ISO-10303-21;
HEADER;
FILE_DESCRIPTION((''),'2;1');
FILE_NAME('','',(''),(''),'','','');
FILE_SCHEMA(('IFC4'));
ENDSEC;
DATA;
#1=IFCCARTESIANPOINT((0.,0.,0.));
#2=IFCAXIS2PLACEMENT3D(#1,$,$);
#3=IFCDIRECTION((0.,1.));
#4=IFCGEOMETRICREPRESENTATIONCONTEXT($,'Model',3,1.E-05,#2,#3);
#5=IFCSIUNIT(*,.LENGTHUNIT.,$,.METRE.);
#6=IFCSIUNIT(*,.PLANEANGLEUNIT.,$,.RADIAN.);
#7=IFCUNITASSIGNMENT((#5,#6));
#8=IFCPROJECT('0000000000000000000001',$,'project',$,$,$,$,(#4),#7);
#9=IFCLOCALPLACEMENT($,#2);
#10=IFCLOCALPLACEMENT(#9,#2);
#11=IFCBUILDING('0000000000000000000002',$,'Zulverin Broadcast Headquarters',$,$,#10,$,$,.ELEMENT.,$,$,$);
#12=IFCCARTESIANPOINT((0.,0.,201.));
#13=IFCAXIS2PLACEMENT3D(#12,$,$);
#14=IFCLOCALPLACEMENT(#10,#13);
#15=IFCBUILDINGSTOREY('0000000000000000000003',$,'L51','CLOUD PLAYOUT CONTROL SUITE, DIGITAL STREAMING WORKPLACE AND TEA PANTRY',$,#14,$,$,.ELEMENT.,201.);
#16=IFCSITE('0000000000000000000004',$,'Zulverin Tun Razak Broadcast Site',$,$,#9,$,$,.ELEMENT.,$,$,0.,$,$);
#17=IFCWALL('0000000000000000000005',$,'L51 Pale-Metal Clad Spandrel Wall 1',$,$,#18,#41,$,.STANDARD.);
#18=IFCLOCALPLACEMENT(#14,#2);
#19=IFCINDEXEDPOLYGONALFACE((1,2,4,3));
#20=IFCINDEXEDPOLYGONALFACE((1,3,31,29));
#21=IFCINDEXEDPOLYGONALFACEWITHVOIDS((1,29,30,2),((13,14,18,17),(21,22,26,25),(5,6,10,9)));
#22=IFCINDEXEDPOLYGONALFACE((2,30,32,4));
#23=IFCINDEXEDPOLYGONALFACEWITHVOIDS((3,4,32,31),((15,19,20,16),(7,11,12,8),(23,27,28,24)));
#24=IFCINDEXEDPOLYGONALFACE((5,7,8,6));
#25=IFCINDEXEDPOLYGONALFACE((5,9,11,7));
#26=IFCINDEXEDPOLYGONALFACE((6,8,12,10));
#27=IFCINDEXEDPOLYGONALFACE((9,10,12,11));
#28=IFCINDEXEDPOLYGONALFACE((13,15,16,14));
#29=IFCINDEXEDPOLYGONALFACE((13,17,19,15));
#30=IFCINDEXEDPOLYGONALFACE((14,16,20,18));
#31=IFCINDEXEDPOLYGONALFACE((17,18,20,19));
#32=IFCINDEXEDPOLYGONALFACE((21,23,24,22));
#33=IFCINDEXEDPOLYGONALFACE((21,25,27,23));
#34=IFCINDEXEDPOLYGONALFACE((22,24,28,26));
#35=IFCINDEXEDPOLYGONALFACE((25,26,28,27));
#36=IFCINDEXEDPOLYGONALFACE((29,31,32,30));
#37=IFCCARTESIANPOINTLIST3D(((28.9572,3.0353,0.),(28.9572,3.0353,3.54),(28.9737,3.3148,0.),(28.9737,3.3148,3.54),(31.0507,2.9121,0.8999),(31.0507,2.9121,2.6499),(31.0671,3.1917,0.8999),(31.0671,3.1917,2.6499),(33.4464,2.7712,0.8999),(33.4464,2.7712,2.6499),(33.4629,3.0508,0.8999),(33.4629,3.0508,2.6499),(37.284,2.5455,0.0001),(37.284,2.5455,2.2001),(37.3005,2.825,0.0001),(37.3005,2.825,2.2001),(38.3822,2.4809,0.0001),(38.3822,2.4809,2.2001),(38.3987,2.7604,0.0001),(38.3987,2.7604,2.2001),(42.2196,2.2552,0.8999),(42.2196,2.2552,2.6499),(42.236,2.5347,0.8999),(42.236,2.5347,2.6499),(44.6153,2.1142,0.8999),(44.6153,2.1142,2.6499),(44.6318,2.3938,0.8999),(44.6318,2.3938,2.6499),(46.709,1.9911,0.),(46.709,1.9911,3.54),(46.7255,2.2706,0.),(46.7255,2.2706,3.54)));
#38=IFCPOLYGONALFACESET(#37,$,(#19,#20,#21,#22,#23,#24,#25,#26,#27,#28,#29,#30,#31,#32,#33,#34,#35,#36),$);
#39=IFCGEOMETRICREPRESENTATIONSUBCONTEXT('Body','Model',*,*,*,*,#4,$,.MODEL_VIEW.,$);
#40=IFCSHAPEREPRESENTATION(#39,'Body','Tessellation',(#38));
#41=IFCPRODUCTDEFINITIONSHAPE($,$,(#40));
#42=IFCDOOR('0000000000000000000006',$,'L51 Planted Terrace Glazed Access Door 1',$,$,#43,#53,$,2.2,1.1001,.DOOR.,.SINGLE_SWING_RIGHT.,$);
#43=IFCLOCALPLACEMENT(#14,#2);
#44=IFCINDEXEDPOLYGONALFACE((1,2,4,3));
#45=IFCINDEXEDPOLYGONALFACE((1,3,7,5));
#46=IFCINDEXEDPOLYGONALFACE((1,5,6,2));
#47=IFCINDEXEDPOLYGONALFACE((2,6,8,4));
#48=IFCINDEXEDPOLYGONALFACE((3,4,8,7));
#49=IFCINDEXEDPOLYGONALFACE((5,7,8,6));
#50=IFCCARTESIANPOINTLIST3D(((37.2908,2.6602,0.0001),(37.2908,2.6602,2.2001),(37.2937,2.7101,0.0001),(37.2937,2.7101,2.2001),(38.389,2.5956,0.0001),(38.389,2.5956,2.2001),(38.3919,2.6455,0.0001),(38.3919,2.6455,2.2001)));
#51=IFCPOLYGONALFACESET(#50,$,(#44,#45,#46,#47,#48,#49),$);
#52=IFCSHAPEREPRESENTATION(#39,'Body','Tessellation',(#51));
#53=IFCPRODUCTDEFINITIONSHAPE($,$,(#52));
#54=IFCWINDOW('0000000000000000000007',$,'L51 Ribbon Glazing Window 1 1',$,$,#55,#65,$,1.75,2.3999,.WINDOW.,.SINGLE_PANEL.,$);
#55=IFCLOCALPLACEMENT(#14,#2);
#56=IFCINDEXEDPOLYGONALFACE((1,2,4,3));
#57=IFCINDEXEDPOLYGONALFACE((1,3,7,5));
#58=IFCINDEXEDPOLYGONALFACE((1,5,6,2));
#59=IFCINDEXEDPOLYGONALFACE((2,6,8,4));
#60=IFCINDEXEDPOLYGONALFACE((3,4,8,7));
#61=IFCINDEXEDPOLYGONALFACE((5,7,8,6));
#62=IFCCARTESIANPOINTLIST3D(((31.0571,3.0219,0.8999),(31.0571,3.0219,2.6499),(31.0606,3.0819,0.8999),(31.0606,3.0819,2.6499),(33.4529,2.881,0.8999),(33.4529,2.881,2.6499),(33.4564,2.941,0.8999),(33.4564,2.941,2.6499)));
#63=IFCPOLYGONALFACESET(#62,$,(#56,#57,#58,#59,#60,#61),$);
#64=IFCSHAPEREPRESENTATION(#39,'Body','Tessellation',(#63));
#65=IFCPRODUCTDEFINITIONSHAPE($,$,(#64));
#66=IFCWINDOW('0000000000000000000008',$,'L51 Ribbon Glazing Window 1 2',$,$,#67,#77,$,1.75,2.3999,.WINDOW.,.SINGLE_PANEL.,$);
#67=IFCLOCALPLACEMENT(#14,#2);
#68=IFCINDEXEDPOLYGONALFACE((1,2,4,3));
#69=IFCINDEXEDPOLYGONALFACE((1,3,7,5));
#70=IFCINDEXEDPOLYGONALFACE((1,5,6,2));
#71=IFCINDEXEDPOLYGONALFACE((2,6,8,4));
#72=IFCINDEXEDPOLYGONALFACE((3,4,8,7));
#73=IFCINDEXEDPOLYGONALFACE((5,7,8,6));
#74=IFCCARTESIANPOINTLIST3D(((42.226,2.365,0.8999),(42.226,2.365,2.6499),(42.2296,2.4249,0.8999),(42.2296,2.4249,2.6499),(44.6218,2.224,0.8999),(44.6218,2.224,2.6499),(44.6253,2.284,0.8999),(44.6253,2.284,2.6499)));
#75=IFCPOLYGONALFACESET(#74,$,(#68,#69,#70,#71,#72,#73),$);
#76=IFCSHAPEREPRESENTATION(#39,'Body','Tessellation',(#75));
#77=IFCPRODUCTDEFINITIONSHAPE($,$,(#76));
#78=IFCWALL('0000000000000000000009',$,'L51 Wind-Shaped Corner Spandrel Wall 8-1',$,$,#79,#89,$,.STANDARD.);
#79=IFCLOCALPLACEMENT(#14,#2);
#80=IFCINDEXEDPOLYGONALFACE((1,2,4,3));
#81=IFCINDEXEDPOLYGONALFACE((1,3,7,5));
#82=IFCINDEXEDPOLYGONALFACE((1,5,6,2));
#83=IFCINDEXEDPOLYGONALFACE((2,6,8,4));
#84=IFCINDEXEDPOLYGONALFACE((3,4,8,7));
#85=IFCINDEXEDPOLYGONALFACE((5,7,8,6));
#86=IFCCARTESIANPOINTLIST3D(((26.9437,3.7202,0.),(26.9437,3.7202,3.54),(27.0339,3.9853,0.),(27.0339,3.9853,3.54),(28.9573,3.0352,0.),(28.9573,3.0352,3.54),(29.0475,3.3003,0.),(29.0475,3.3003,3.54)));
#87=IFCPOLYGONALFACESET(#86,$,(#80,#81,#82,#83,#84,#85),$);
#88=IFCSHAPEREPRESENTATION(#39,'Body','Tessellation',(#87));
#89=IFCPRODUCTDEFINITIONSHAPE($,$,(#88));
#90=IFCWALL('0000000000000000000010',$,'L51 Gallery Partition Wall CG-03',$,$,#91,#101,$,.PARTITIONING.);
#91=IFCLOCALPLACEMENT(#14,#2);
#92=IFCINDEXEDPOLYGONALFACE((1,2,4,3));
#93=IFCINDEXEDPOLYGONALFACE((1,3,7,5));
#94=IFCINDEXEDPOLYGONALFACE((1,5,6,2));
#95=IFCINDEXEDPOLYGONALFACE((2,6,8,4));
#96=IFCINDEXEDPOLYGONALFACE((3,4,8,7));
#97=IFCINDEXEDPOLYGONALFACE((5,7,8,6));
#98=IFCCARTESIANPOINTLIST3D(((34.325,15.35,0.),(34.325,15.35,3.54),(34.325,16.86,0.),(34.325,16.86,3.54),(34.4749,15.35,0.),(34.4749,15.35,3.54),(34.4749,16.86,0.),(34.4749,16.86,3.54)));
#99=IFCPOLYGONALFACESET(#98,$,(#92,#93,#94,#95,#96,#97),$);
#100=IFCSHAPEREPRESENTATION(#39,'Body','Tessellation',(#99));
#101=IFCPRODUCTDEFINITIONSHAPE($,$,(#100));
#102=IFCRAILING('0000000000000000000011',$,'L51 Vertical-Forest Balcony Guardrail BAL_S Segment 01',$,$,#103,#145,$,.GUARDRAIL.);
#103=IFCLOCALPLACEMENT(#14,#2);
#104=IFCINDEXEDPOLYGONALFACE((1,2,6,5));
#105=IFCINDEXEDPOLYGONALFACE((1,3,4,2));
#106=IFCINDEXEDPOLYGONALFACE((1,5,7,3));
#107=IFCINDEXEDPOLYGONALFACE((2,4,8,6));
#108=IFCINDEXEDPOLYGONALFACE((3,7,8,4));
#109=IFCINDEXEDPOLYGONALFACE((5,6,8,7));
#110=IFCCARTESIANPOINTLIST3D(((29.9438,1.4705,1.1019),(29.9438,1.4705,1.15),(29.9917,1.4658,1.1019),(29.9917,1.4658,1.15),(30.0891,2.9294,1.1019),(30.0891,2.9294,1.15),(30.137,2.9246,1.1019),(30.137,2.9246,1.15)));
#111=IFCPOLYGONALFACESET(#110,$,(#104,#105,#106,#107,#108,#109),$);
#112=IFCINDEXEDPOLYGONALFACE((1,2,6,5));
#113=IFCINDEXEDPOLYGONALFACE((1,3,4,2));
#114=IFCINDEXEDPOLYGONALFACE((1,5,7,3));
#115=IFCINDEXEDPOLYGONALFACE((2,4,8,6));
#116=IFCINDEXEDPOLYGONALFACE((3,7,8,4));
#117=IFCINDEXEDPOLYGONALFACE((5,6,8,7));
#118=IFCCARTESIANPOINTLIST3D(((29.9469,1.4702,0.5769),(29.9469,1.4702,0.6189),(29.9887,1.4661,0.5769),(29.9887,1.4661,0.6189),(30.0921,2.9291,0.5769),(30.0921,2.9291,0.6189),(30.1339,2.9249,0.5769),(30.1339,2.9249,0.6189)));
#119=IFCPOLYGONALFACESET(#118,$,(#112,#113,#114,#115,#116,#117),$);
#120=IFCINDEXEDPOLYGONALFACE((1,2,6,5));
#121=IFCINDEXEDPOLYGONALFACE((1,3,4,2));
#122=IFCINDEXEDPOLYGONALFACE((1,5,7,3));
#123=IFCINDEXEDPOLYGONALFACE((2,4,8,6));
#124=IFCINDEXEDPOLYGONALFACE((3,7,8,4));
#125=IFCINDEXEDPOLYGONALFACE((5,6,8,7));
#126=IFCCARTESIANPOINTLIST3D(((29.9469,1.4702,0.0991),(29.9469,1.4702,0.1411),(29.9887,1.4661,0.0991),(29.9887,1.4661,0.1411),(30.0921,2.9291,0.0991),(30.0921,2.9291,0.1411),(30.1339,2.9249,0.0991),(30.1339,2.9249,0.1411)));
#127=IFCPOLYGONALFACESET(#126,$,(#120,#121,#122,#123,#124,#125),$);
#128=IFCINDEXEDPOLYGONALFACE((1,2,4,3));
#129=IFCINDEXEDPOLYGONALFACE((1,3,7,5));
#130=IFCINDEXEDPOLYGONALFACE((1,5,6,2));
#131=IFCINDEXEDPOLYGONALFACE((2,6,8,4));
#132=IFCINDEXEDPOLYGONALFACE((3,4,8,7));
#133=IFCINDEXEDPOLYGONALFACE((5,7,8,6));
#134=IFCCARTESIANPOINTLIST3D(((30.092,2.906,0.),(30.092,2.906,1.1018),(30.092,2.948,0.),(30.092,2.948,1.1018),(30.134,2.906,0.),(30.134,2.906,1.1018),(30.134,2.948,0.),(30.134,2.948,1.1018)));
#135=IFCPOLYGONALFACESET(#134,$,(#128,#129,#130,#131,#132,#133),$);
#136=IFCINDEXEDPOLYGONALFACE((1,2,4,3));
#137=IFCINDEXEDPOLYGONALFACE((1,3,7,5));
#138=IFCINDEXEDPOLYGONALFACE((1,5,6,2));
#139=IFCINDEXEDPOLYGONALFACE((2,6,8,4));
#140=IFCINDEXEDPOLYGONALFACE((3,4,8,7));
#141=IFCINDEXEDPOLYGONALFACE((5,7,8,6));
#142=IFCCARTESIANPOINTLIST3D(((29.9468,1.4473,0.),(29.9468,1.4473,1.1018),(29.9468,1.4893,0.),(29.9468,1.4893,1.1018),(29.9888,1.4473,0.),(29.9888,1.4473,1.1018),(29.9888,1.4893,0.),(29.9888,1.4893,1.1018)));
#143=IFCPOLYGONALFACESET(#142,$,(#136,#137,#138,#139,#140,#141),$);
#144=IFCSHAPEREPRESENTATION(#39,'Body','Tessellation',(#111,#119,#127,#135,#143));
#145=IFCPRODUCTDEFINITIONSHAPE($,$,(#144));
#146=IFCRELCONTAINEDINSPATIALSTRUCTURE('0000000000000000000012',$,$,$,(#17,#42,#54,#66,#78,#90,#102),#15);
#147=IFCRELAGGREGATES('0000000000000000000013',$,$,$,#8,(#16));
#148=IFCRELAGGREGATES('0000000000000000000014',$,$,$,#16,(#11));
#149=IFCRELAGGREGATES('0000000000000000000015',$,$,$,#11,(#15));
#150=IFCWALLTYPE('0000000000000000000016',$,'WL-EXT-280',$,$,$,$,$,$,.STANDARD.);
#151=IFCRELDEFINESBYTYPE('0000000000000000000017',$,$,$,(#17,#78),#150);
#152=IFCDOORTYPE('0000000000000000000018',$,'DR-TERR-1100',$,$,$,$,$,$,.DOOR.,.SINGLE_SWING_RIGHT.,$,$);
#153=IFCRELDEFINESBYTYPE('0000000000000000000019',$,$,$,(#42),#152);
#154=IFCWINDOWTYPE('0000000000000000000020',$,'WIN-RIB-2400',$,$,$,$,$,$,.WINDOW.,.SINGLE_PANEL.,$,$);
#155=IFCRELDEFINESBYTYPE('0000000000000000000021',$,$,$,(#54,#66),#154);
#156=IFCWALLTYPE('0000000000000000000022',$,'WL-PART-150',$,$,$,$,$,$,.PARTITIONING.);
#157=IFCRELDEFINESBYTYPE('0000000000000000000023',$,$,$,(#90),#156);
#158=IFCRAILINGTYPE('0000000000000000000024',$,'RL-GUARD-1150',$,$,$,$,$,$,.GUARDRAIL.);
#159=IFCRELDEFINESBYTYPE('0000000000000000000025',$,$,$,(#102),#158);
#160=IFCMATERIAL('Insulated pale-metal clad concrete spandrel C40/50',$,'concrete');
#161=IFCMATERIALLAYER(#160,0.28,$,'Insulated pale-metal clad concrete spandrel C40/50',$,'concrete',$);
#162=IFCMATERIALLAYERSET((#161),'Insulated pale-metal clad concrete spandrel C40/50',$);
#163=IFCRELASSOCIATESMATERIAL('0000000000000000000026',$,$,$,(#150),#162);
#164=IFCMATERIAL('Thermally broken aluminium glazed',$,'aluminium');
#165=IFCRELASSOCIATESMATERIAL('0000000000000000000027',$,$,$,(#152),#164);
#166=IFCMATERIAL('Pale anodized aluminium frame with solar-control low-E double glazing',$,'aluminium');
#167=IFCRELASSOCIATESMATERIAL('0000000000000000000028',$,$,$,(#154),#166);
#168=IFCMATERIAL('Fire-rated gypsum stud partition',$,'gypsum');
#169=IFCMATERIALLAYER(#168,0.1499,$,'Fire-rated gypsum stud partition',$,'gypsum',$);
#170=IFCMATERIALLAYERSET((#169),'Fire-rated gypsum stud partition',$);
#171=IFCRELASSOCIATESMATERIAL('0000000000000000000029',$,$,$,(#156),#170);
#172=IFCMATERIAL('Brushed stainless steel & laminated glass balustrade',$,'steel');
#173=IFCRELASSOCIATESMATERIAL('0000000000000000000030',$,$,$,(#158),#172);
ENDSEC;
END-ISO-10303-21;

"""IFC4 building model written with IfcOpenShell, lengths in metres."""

from ifc_helpers import new_model, si_unit, direction, frame, frame_2d, origin, origin_2d, place, context, subcontext, project, spatial, rectangle, extrude, material, layer, layer_set, type_object, element, fill, save


model = new_model("IFC4")

# Units and contexts
model_context = context("Model", 3, precision=1e-05, world=origin(), true_north=direction((0.0, 1.0)))
body_context = subcontext(model_context, "Body", "Model", "MODEL_VIEW")
ifc_project = project(units=[si_unit("LENGTHUNIT", "METRE"), si_unit("PLANEANGLEUNIT", "RADIAN")], contexts=[model_context])

# Site, building, storey
site_placement = place(None, origin())
site = spatial("IfcSite", under=ifc_project, at=site_placement, Name="Zulverin Tun Razak Broadcast Site", CompositionType="ELEMENT", RefElevation=0.0)
building_placement = place(site_placement, origin())
building = spatial("IfcBuilding", under=site, at=building_placement, Name="Zulverin Broadcast Headquarters", CompositionType="ELEMENT")
storey_placement = place(building_placement, frame((0.0, 0.0, 201.0)))
storey = spatial("IfcBuildingStorey", under=building, at=storey_placement, Name="L51", Description="CLOUD PLAYOUT CONTROL SUITE, DIGITAL STREAMING WORKPLACE AND TEA PANTRY", CompositionType="ELEMENT", Elevation=201.0)

# Wall, openings, door, windows
ifc_material_1 = material(Name="Insulated pale-metal clad concrete spandrel C40/50", Category="concrete")
ifc_layer_1 = layer(ifc_material_1, 0.28, Name="Insulated pale-metal clad concrete spandrel C40/50", Category="concrete")
ifc_layer_set_1 = layer_set([ifc_layer_1], Name="Insulated pale-metal clad concrete spandrel C40/50")
wall_type_1 = type_object("IfcWallType", Name="WL-EXT-280", PredefinedType="STANDARD", material=ifc_layer_set_1)
wall_1_placement = place(storey_placement, frame((28.9656, 3.175, 0.0), z_axis=(0.0, 0.0, 1.0), x_axis=(0.998274, -0.05872, 0.0)))
wall_1 = element("IfcWall", 1, at=wall_1_placement, inside=storey, type_object=wall_type_1, Name="L51 Pale-Metal Clad Spandrel Wall 1", PredefinedType="STANDARD", context=body_context, shape_type="SweptSolid", body=[
    extrude(rectangle(XDim=17.7825, YDim=0.28, at=frame_2d((8.8911, 0.0))), origin(), (0.0, 0.0, 1.0), 3.54),
])
opening_1_placement = place(wall_1_placement, frame((8.3411, 0.0, 0.0)))
opening_1 = element("IfcOpeningElement", 2, at=opening_1_placement, cuts=wall_1, PredefinedType="OPENING", context=body_context, shape_type="SweptSolid", body=[
    extrude(rectangle(XDim=1.1001, YDim=2.2, at=frame_2d((0.55, 1.1001))), frame((0.0, 0.1499, 0.0), z_axis=(0.0, -1.0, 0.0), x_axis=(1.0, 0.0, 0.0)), (0.0, 0.0, 1.0), 0.3),
])
opening_2_placement = place(wall_1_placement, frame((2.0969, 0.0, 0.8999)))
opening_2 = element("IfcOpeningElement", 3, at=opening_2_placement, cuts=wall_1, PredefinedType="OPENING", context=body_context, shape_type="SweptSolid", body=[
    extrude(rectangle(XDim=2.3999, YDim=1.75, at=frame_2d((1.2, 0.875))), frame((0.0, 0.1499, 0.0), z_axis=(0.0, -1.0, 0.0), x_axis=(1.0, 0.0, 0.0)), (0.0, 0.0, 1.0), 0.3),
])
opening_3_placement = place(wall_1_placement, frame((13.2852, 0.0, 0.8999)))
opening_3 = element("IfcOpeningElement", 4, at=opening_3_placement, cuts=wall_1, PredefinedType="OPENING", context=body_context, shape_type="SweptSolid", body=[
    extrude(rectangle(XDim=2.3999, YDim=1.75, at=frame_2d((1.2, 0.875))), frame((0.0, 0.1499, 0.0), z_axis=(0.0, -1.0, 0.0), x_axis=(1.0, 0.0, 0.0)), (0.0, 0.0, 1.0), 0.3),
])
ifc_material_2 = material(Name="Thermally broken aluminium glazed", Category="aluminium")
door_type = type_object("IfcDoorType", Name="DR-TERR-1100", OperationType="SINGLE_SWING_RIGHT", PredefinedType="DOOR", material=ifc_material_2)
door_placement = place(opening_1_placement, origin())
door = element("IfcDoor", 5, at=door_placement, inside=storey, type_object=door_type, Name="L51 Planted Terrace Glazed Access Door 1", OperationType="SINGLE_SWING_RIGHT", OverallHeight=2.2, OverallWidth=1.1001, PredefinedType="DOOR", context=body_context, shape_type="SweptSolid", body=[
    extrude(rectangle(XDim=1.1001, YDim=2.2, at=frame_2d((0.55, 1.1001))), frame((0.0, 0.0249, 0.0), z_axis=(0.0, -1.0, 0.0), x_axis=(1.0, 0.0, 0.0)), (0.0, 0.0, 1.0), 0.05),
])
fill(opening_1, door)
ifc_material_3 = material(Name="Pale anodized aluminium frame with solar-control low-E double glazing", Category="aluminium")
window_type = type_object("IfcWindowType", Name="WIN-RIB-2400", PartitioningType="SINGLE_PANEL", PredefinedType="WINDOW", material=ifc_material_3)
window_1_placement = place(opening_2_placement, origin())
window_1 = element("IfcWindow", 6, at=window_1_placement, inside=storey, type_object=window_type, Name="L51 Ribbon Glazing Window 1 1", OverallHeight=1.75, OverallWidth=2.3999, PartitioningType="SINGLE_PANEL", PredefinedType="WINDOW", context=body_context, shape_type="SweptSolid", body=[
    extrude(rectangle(XDim=2.3999, YDim=1.75, at=frame_2d((1.2, 0.875))), frame((0.0, 0.03, 0.0), z_axis=(0.0, -1.0, 0.0), x_axis=(1.0, 0.0, 0.0)), (0.0, 0.0, 1.0), 0.0601),
])
fill(opening_2, window_1)
window_2_placement = place(opening_3_placement, origin())
window_2 = element("IfcWindow", 7, at=window_2_placement, inside=storey, type_object=window_type, Name="L51 Ribbon Glazing Window 1 2", OverallHeight=1.75, OverallWidth=2.3999, PartitioningType="SINGLE_PANEL", PredefinedType="WINDOW", context=body_context, shape_type="SweptSolid", body=[
    extrude(rectangle(XDim=2.3999, YDim=1.75, at=frame_2d((1.2, 0.875))), frame((0.0, 0.03, 0.0), z_axis=(0.0, -1.0, 0.0), x_axis=(1.0, 0.0, 0.0)), (0.0, 0.0, 1.0), 0.0601),
])
fill(opening_3, window_2)

# Walls
wall_2_placement = place(storey_placement, frame((26.9888, 3.8528, 0.0), z_axis=(0.0, 0.0, 1.0), x_axis=(0.946714, -0.322076, 0.0)))
element("IfcWall", 8, at=wall_2_placement, inside=storey, type_object=wall_type_1, Name="L51 Wind-Shaped Corner Spandrel Wall 8-1", PredefinedType="STANDARD", context=body_context, shape_type="SweptSolid", body=[
    extrude(rectangle(XDim=2.127, YDim=0.28, at=frame_2d((1.0635, 0.0))), origin(), (0.0, 0.0, 1.0), 3.54),
])
ifc_material_4 = material(Name="Fire-rated gypsum stud partition", Category="gypsum")
ifc_layer_2 = layer(ifc_material_4, 0.1499, Name="Fire-rated gypsum stud partition", Category="gypsum")
ifc_layer_set_2 = layer_set([ifc_layer_2], Name="Fire-rated gypsum stud partition")
wall_type_2 = type_object("IfcWallType", Name="WL-PART-150", PredefinedType="PARTITIONING", material=ifc_layer_set_2)
wall_3_placement = place(storey_placement, frame((34.3999, 15.3501, 0.0), z_axis=(0.0, 0.0, 1.0), x_axis=(0.0, 1.0, 0.0)))
element("IfcWall", 9, at=wall_3_placement, inside=storey, type_object=wall_type_2, Name="L51 Gallery Partition Wall CG-03", PredefinedType="PARTITIONING", context=body_context, shape_type="SweptSolid", body=[
    extrude(rectangle(XDim=1.51, YDim=0.1499, at=frame_2d((0.7549, 0.0))), origin(), (0.0, 0.0, 1.0), 3.54),
])

# Railing
ifc_material_5 = material(Name="Brushed stainless steel & laminated glass balustrade", Category="steel")
railing_type = type_object("IfcRailingType", Name="RL-GUARD-1150", PredefinedType="GUARDRAIL", material=ifc_material_5)
railing_1_placement = place(storey_placement, frame((30.113, 2.927, 0.0)))
element("IfcRailing", 10, at=railing_1_placement, inside=storey, type_object=railing_type, Name="L51 Vertical-Forest Balcony Guardrail BAL_S Segment 01", PredefinedType="GUARDRAIL", context=body_context, shape_type="SweptSolid", body=[
    extrude(rectangle(XDim=0.0481, YDim=0.0481, at=origin_2d()), frame((0.0, 0.0, 1.126), z_axis=(-0.099091, -0.995078, 0.0), x_axis=(0.995078, -0.099091, 0.0)), (0.0, 0.0, 1.0), 1.4661),
    extrude(rectangle(XDim=0.042, YDim=0.042, at=origin_2d()), frame((0.0, 0.0, 0.5979), z_axis=(-0.099091, -0.995078, 0.0), x_axis=(0.995078, -0.099091, 0.0)), (0.0, 0.0, 1.0), 1.4661),
    extrude(rectangle(XDim=0.042, YDim=0.042, at=origin_2d()), frame((0.0, 0.0, 0.1201), z_axis=(-0.099091, -0.995078, 0.0), x_axis=(0.995078, -0.099091, 0.0)), (0.0, 0.0, 1.0), 1.4661),
    extrude(rectangle(XDim=0.042, YDim=0.042, at=origin_2d()), origin(), (0.0, 0.0, 1.0), 1.1018),
    extrude(rectangle(XDim=0.042, YDim=0.042, at=origin_2d()), frame((-0.1453, -1.4587, 0.0)), (0.0, 0.0, 1.0), 1.1018),
])

save(model, "model.ifc")
